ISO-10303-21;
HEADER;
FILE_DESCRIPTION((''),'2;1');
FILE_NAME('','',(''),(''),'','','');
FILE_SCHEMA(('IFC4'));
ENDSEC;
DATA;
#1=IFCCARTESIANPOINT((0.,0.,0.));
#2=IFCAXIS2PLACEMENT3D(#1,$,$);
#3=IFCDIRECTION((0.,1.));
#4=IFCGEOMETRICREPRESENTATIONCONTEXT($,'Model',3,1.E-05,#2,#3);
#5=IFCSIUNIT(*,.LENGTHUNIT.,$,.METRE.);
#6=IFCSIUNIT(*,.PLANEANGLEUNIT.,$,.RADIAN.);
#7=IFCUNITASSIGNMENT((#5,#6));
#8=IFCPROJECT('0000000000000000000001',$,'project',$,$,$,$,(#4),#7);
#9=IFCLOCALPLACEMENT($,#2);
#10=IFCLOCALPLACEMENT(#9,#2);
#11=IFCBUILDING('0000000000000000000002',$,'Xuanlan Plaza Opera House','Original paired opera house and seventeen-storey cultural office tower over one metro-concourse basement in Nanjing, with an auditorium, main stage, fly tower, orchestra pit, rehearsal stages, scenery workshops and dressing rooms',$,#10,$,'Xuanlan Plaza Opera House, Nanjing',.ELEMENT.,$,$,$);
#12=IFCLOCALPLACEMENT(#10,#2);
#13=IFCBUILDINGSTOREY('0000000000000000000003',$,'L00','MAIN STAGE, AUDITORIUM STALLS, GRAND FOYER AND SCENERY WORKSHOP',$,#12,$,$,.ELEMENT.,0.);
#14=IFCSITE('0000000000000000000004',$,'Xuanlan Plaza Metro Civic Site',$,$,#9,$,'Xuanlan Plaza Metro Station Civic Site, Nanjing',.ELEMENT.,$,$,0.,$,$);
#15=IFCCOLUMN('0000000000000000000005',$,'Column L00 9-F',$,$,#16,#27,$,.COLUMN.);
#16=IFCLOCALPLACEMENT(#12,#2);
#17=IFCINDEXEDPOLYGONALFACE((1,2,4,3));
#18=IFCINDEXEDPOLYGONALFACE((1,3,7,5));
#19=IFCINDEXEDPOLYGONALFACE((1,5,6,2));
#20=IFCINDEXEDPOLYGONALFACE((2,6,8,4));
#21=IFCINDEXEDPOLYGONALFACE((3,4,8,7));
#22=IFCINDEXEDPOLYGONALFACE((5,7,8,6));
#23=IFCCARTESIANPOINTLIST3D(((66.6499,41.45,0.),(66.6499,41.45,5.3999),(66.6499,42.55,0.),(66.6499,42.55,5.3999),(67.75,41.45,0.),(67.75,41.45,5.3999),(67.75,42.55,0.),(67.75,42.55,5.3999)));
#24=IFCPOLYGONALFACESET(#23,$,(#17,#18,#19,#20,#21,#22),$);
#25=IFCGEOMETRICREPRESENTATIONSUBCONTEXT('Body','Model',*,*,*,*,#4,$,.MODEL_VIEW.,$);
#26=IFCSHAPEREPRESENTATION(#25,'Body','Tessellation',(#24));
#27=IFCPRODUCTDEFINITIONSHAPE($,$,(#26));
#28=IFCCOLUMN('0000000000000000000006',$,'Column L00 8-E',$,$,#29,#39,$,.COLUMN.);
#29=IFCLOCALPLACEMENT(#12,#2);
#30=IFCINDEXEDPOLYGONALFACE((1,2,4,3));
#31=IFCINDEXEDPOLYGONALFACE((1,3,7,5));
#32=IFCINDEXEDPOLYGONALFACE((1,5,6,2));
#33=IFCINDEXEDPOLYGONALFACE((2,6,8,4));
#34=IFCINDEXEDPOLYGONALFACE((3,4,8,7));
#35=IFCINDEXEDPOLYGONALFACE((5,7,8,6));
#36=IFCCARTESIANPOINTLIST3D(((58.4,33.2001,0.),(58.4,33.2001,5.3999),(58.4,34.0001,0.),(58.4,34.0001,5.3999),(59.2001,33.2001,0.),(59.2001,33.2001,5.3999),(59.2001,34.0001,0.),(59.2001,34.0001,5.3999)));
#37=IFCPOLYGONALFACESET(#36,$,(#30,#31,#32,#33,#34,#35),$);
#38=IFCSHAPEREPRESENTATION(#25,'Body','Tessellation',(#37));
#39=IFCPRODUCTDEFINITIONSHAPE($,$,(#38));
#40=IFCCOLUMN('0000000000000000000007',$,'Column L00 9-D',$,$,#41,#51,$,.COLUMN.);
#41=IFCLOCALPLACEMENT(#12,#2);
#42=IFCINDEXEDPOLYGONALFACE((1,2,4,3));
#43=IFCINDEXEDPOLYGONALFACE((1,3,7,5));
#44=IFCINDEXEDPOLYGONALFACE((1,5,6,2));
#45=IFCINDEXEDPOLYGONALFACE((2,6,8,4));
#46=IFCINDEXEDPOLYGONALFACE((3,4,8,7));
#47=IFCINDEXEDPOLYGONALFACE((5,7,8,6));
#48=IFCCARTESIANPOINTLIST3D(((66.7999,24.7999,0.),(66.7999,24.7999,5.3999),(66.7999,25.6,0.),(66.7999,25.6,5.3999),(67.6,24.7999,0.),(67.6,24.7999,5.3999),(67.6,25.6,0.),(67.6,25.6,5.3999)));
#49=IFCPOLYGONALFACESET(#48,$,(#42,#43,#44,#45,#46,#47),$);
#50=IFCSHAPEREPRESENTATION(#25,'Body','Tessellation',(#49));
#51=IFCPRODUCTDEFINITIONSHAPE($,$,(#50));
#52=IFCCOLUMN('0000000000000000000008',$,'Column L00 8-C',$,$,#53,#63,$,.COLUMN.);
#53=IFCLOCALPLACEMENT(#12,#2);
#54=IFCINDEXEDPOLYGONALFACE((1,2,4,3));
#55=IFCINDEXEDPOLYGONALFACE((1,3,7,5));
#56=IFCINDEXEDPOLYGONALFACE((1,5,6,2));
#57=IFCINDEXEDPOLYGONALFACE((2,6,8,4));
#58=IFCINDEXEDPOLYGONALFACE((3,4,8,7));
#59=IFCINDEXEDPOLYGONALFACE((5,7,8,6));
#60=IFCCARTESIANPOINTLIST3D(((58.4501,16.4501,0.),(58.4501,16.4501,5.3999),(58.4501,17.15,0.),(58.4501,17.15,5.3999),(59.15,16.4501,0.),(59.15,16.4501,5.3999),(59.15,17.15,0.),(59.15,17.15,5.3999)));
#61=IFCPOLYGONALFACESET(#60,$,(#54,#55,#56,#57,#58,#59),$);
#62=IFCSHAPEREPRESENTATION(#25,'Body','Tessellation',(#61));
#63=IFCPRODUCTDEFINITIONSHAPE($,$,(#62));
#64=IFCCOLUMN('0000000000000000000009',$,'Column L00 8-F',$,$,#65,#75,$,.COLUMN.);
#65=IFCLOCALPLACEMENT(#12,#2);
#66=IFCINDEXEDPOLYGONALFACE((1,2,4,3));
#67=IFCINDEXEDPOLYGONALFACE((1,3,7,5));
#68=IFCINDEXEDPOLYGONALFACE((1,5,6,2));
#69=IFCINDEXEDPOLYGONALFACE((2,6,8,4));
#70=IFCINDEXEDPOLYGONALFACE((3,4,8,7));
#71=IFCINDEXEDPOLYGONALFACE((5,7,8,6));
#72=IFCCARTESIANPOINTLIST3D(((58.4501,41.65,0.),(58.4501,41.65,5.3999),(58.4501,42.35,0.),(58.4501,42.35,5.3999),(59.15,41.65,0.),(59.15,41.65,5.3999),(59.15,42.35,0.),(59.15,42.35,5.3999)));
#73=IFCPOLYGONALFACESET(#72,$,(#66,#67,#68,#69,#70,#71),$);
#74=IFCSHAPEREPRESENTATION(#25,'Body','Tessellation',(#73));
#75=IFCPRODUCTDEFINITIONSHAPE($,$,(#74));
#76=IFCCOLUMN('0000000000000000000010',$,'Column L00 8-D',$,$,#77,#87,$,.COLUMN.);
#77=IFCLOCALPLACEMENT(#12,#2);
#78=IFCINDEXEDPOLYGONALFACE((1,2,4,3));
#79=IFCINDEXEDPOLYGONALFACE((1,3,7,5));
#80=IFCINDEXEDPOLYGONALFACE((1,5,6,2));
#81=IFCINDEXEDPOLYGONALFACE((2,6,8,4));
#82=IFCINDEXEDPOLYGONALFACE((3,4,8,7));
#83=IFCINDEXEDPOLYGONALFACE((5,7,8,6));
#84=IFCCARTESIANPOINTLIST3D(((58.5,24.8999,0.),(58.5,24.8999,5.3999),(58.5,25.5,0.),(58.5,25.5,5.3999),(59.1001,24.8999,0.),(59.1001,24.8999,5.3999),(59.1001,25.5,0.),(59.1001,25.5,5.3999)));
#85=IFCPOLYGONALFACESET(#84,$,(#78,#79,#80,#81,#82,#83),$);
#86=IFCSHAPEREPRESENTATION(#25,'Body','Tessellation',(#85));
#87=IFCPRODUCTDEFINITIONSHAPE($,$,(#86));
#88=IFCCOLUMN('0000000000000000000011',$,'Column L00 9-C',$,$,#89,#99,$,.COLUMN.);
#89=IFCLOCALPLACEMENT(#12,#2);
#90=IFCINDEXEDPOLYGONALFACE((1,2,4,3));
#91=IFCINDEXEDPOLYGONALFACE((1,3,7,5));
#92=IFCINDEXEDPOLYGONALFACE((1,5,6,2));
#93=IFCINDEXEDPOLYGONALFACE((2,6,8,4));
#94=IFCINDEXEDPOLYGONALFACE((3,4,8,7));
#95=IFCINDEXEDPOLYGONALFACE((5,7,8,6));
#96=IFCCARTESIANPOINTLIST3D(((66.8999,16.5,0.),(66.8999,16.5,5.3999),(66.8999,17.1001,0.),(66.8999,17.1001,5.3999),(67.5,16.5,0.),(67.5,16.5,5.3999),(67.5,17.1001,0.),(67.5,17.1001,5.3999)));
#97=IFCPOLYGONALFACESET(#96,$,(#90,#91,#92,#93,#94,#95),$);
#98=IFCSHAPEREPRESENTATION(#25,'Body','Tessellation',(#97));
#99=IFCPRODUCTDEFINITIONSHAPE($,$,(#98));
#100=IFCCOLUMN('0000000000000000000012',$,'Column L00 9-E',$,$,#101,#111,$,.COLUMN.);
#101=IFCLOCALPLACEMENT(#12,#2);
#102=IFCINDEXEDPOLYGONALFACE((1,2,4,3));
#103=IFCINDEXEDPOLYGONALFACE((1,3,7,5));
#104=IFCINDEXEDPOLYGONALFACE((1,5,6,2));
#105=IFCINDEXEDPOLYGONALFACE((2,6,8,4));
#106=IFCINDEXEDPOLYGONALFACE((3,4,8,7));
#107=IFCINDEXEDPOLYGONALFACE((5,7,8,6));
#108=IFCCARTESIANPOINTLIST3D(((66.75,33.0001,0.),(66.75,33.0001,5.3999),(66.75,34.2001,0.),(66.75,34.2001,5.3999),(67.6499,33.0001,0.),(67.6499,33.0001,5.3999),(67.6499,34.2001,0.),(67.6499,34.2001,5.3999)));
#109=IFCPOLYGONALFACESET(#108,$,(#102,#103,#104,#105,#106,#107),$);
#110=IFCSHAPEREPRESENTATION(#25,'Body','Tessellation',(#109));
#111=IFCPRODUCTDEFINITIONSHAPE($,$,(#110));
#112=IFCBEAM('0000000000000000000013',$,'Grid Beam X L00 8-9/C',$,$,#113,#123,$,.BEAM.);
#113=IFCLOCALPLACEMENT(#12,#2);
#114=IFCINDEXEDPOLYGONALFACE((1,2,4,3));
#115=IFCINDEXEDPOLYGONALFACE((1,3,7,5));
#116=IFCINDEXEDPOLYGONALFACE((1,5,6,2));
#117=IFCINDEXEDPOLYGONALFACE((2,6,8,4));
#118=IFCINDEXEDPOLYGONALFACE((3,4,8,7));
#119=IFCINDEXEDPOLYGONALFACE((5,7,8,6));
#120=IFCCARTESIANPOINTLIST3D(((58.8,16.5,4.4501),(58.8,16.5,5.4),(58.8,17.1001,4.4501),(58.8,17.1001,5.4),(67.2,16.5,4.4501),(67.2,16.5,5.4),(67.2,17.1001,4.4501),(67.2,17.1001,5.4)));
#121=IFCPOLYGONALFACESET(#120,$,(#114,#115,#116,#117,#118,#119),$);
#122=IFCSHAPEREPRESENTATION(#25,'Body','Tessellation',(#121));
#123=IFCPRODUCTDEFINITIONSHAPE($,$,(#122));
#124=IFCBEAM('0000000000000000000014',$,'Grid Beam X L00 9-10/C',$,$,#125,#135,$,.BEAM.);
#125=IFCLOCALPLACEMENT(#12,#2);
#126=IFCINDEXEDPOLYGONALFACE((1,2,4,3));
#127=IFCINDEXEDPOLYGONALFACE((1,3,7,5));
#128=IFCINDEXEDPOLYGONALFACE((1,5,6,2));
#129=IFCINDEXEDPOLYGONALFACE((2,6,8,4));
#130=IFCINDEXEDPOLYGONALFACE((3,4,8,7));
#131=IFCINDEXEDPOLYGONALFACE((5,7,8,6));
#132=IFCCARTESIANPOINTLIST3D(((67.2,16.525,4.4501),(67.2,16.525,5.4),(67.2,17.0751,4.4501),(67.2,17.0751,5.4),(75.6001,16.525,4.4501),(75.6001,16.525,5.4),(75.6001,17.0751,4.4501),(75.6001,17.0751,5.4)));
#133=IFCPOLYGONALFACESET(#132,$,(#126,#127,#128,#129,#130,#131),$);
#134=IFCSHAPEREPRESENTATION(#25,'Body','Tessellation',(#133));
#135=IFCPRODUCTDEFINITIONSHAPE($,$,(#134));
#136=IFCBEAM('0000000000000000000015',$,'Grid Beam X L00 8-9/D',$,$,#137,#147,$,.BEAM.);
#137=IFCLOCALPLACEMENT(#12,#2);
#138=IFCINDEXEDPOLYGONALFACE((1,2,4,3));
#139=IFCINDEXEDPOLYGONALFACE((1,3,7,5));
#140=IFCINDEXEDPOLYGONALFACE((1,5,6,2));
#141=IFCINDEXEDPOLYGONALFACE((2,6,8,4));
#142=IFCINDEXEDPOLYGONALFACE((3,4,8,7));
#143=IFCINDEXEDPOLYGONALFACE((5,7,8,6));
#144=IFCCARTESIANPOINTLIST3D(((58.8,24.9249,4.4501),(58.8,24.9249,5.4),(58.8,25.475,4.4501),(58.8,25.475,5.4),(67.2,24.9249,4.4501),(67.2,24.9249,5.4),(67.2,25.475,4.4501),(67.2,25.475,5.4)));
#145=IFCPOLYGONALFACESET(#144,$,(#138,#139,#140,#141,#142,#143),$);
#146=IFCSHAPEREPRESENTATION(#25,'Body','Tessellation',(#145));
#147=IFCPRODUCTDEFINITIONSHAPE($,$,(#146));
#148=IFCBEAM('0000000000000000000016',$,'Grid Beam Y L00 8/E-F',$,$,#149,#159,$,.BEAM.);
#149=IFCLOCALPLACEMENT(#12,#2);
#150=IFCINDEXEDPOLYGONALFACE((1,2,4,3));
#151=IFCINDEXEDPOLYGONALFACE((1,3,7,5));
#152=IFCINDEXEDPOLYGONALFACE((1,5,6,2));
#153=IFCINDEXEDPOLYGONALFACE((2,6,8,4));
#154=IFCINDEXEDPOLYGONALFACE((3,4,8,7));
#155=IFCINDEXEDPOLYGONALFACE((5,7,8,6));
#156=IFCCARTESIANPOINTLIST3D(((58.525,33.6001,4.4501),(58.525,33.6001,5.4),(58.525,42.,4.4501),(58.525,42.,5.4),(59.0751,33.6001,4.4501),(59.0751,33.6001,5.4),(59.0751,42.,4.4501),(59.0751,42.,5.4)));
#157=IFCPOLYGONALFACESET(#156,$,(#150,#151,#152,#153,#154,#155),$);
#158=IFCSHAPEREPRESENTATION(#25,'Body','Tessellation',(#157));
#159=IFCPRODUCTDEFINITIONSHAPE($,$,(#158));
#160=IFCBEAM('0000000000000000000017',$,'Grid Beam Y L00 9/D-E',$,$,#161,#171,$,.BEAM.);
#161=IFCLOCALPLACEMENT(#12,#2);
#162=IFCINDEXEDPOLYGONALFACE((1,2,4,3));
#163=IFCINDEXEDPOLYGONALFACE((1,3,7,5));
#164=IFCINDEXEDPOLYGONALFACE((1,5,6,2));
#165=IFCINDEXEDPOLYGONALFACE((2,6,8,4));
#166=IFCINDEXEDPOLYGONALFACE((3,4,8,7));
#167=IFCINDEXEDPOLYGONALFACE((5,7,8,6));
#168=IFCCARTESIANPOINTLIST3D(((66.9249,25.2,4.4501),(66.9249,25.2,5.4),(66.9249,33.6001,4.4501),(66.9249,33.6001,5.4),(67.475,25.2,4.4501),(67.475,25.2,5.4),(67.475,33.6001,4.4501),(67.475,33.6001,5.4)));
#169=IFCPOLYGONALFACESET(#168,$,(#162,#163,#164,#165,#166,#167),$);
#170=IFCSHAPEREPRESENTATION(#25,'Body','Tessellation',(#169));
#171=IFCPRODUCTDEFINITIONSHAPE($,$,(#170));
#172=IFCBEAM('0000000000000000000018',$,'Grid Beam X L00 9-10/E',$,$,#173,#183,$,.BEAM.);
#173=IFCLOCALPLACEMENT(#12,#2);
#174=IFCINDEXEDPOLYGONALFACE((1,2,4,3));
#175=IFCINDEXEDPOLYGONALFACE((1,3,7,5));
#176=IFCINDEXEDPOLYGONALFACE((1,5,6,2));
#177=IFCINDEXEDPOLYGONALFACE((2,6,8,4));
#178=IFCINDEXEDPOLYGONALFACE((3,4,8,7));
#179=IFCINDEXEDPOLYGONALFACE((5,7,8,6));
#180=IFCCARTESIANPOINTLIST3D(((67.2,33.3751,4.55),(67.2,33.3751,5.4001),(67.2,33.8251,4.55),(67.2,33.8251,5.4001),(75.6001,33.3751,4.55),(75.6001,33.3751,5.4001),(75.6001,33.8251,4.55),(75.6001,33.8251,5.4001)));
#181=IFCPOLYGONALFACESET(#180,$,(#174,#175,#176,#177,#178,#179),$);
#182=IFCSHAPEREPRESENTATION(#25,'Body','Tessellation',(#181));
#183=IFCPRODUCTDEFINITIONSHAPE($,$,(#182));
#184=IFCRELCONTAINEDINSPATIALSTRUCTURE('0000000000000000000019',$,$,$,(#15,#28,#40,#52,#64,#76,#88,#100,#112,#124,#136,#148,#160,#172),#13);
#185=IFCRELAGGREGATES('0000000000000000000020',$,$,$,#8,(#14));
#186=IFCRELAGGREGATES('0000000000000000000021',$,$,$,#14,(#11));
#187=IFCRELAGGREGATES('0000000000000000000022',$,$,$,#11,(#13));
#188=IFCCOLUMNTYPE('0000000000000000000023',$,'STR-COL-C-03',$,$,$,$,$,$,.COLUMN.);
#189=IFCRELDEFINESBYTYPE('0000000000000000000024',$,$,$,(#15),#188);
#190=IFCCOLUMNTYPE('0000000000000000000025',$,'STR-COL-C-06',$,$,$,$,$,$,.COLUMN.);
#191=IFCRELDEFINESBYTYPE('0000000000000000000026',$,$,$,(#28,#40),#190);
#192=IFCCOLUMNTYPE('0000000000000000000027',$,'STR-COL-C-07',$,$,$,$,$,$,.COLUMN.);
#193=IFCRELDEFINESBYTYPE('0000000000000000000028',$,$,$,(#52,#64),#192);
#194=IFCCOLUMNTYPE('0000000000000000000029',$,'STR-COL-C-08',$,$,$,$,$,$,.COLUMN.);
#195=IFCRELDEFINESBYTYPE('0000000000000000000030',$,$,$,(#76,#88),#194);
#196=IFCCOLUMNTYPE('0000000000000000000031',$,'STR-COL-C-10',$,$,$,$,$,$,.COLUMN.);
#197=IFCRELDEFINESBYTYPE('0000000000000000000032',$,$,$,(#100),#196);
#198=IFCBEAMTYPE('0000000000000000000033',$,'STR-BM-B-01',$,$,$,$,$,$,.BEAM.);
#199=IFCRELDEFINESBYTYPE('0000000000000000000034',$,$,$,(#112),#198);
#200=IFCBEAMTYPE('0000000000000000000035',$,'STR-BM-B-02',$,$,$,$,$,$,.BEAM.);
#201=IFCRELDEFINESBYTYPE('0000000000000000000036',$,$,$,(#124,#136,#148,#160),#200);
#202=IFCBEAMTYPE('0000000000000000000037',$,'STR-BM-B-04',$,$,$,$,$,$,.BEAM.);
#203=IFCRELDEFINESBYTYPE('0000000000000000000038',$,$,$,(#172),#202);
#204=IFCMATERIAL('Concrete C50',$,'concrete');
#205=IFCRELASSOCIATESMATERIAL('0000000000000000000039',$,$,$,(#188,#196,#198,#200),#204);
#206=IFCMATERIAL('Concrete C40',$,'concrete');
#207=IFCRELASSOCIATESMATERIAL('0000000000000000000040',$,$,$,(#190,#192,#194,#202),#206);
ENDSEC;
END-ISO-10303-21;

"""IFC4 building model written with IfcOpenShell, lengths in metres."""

from ifc_helpers import new_model, si_unit, direction, frame, origin, origin_2d, place, context, subcontext, project, spatial, rectangle, extrude, material, material_profile, profile_set, type_object, element, save


model = new_model("IFC4")

# Units and contexts
model_context = context("Model", 3, precision=1e-05, world=origin(), true_north=direction((0.0, 1.0)))
body_context = subcontext(model_context, "Body", "Model", "MODEL_VIEW")
ifc_project = project(units=[si_unit("LENGTHUNIT", "METRE"), si_unit("PLANEANGLEUNIT", "RADIAN")], contexts=[model_context])

# Site, building, storey
site_placement = place(None, origin())
site = spatial("IfcSite", under=ifc_project, at=site_placement, Name="Xuanlan Plaza Metro Civic Site", LongName="Xuanlan Plaza Metro Station Civic Site, Nanjing", CompositionType="ELEMENT", RefElevation=0.0)
building_placement = place(site_placement, origin())
building = spatial("IfcBuilding", under=site, at=building_placement, Name="Xuanlan Plaza Opera House", Description="Original paired opera house and seventeen-storey cultural office tower over one metro-concourse basement in Nanjing, with an auditorium, main stage, fly tower, orchestra pit, rehearsal stages, scenery workshops and dressing rooms", LongName="Xuanlan Plaza Opera House, Nanjing", CompositionType="ELEMENT")
storey_placement = place(building_placement, origin())
storey = spatial("IfcBuildingStorey", under=building, at=storey_placement, Name="L00", Description="MAIN STAGE, AUDITORIUM STALLS, GRAND FOYER AND SCENERY WORKSHOP", CompositionType="ELEMENT", Elevation=0.0)

# Columns
ifc_material_1 = material(Name="Concrete C50", Category="concrete")
ifc_material_profile_1 = material_profile(ifc_material_1, rectangle(XDim=1.1001, YDim=1.1001, at=origin_2d()), Name="RC-COL 1100x1100")
ifc_profile_set_1 = profile_set([ifc_material_profile_1], Name="Concrete C50")
column_type_1 = type_object("IfcColumnType", Name="STR-COL-C-03", PredefinedType="COLUMN", material=ifc_profile_set_1)
column_1_placement = place(storey_placement, frame((67.2, 42.0, 0.0), z_axis=(0.0, 0.0, 1.0), x_axis=(1.0, 0.0, 0.0)))
element("IfcColumn", 1, at=column_1_placement, inside=storey, type_object=column_type_1, Name="Column L00 9-F", PredefinedType="COLUMN", context=body_context, shape_type="SweptSolid", body=[
    extrude(rectangle(XDim=1.1001, YDim=1.1001, at=origin_2d()), origin(), (0.0, 0.0, 1.0), 5.3999),
])
ifc_material_2 = material(Name="Concrete C40", Category="concrete")
ifc_material_profile_2 = material_profile(ifc_material_2, rectangle(XDim=0.8, YDim=0.8, at=origin_2d()), Name="RC-COL 800x800")
ifc_profile_set_2 = profile_set([ifc_material_profile_2], Name="Concrete C40")
column_type_2 = type_object("IfcColumnType", Name="STR-COL-C-06", PredefinedType="COLUMN", material=ifc_profile_set_2)
for number, where, z_axis, x_axis, name in (
    (2, (58.8, 33.6001, 0.0), (0.0, 0.0, 1.0), (1.0, 0.0, 0.0), "Column L00 8-E"),
    (3, (67.2, 25.2, 0.0), (0.0, 0.0, 1.0), (1.0, 0.0, 0.0), "Column L00 9-D"),
):
    element("IfcColumn", number, at=place(storey_placement, frame(where, z_axis=z_axis, x_axis=x_axis)), inside=storey, type_object=column_type_2, Name=name, PredefinedType="COLUMN", context=body_context, shape_type="SweptSolid", body=[
        extrude(rectangle(XDim=0.8, YDim=0.8, at=origin_2d()), origin(), (0.0, 0.0, 1.0), 5.3999),
    ])
ifc_material_profile_3 = material_profile(ifc_material_2, rectangle(XDim=0.7, YDim=0.7, at=origin_2d()), Name="RC-COL 700x700")
ifc_profile_set_3 = profile_set([ifc_material_profile_3], Name="Concrete C40")
column_type_3 = type_object("IfcColumnType", Name="STR-COL-C-07", PredefinedType="COLUMN", material=ifc_profile_set_3)
for number, where, z_axis, x_axis, name in (
    (4, (58.8, 16.8, 0.0), (0.0, 0.0, 1.0), (1.0, 0.0, 0.0), "Column L00 8-C"),
    (5, (58.8, 42.0, 0.0), (0.0, 0.0, 1.0), (1.0, 0.0, 0.0), "Column L00 8-F"),
):
    element("IfcColumn", number, at=place(storey_placement, frame(where, z_axis=z_axis, x_axis=x_axis)), inside=storey, type_object=column_type_3, Name=name, PredefinedType="COLUMN", context=body_context, shape_type="SweptSolid", body=[
        extrude(rectangle(XDim=0.7, YDim=0.7, at=origin_2d()), origin(), (0.0, 0.0, 1.0), 5.3999),
    ])
ifc_material_profile_4 = material_profile(ifc_material_2, rectangle(XDim=0.6001, YDim=0.6001, at=origin_2d()), Name="RC-COL 600x600")
ifc_profile_set_4 = profile_set([ifc_material_profile_4], Name="Concrete C40")
column_type_4 = type_object("IfcColumnType", Name="STR-COL-C-08", PredefinedType="COLUMN", material=ifc_profile_set_4)
for number, where, z_axis, x_axis, name in (
    (6, (58.8, 25.2, 0.0), (0.0, 0.0, 1.0), (1.0, 0.0, 0.0), "Column L00 8-D"),
    (7, (67.2, 16.8, 0.0), (0.0, 0.0, 1.0), (1.0, 0.0, 0.0), "Column L00 9-C"),
):
    element("IfcColumn", number, at=place(storey_placement, frame(where, z_axis=z_axis, x_axis=x_axis)), inside=storey, type_object=column_type_4, Name=name, PredefinedType="COLUMN", context=body_context, shape_type="SweptSolid", body=[
        extrude(rectangle(XDim=0.6001, YDim=0.6001, at=origin_2d()), origin(), (0.0, 0.0, 1.0), 5.3999),
    ])
ifc_material_profile_5 = material_profile(ifc_material_1, rectangle(XDim=0.8999, YDim=1.2, at=origin_2d()), Name="RC-COL 900x1200")
ifc_profile_set_5 = profile_set([ifc_material_profile_5], Name="Concrete C50")
column_type_5 = type_object("IfcColumnType", Name="STR-COL-C-10", PredefinedType="COLUMN", material=ifc_profile_set_5)
column_2_placement = place(storey_placement, frame((67.2, 33.6001, 0.0), z_axis=(0.0, 0.0, 1.0), x_axis=(1.0, 0.0, 0.0)))
element("IfcColumn", 8, at=column_2_placement, inside=storey, type_object=column_type_5, Name="Column L00 9-E", PredefinedType="COLUMN", context=body_context, shape_type="SweptSolid", body=[
    extrude(rectangle(XDim=0.8999, YDim=1.2, at=origin_2d()), origin(), (0.0, 0.0, 1.0), 5.3999),
])

# Beams
ifc_material_profile_6 = material_profile(ifc_material_1, rectangle(XDim=0.6001, YDim=0.95, at=origin_2d()), Name="RC-BM 600x950")
ifc_profile_set_6 = profile_set([ifc_material_profile_6], Name="Concrete C50")
beam_type_1 = type_object("IfcBeamType", Name="STR-BM-B-01", PredefinedType="BEAM", material=ifc_profile_set_6)
beam_1_placement = place(storey_placement, frame((58.8, 16.8, 4.925), z_axis=(1.0, 0.0, 0.0), x_axis=(0.0, 1.0, 0.0)))
element("IfcBeam", 9, at=beam_1_placement, inside=storey, type_object=beam_type_1, Name="Grid Beam X L00 8-9/C", PredefinedType="BEAM", context=body_context, shape_type="SweptSolid", body=[
    extrude(rectangle(XDim=0.6001, YDim=0.95, at=origin_2d()), origin(), (0.0, 0.0, 1.0), 8.3999),
])
ifc_material_profile_7 = material_profile(ifc_material_1, rectangle(XDim=0.55, YDim=0.95, at=origin_2d()), Name="RC-BM 550x950")
ifc_profile_set_7 = profile_set([ifc_material_profile_7], Name="Concrete C50")
beam_type_2 = type_object("IfcBeamType", Name="STR-BM-B-02", PredefinedType="BEAM", material=ifc_profile_set_7)
beam_2_placement = place(storey_placement, frame((67.2, 16.8, 4.925), z_axis=(1.0, 0.0, 0.0), x_axis=(0.0, 1.0, 0.0)))
element("IfcBeam", 10, at=beam_2_placement, inside=storey, type_object=beam_type_2, Name="Grid Beam X L00 9-10/C", PredefinedType="BEAM", context=body_context, shape_type="SweptSolid", body=[
    extrude(rectangle(XDim=0.55, YDim=0.95, at=origin_2d()), origin(), (0.0, 0.0, 1.0), 8.4001),
])
for number, where, z_axis, x_axis, name in (
    (11, (58.8, 25.2, 4.925), (1.0, 0.0, 0.0), (0.0, 1.0, 0.0), "Grid Beam X L00 8-9/D"),
    (12, (58.8, 33.6001, 4.925), (0.0, 1.0, 0.0), (-1.0, 0.0, 0.0), "Grid Beam Y L00 8/E-F"),
):
    element("IfcBeam", number, at=place(storey_placement, frame(where, z_axis=z_axis, x_axis=x_axis)), inside=storey, type_object=beam_type_2, Name=name, PredefinedType="BEAM", context=body_context, shape_type="SweptSolid", body=[
        extrude(rectangle(XDim=0.55, YDim=0.95, at=origin_2d()), origin(), (0.0, 0.0, 1.0), 8.3999),
    ])
beam_3_placement = place(storey_placement, frame((67.2, 25.2, 4.925), z_axis=(0.0, 1.0, 0.0), x_axis=(-1.0, 0.0, 0.0)))
element("IfcBeam", 13, at=beam_3_placement, inside=storey, type_object=beam_type_2, Name="Grid Beam Y L00 9/D-E", PredefinedType="BEAM", context=body_context, shape_type="SweptSolid", body=[
    extrude(rectangle(XDim=0.55, YDim=0.95, at=origin_2d()), origin(), (0.0, 0.0, 1.0), 8.4001),
])
ifc_material_profile_8 = material_profile(ifc_material_2, rectangle(XDim=0.45, YDim=0.8501, at=origin_2d()), Name="RC-BM 450x850")
ifc_profile_set_8 = profile_set([ifc_material_profile_8], Name="Concrete C40")
beam_type_3 = type_object("IfcBeamType", Name="STR-BM-B-04", PredefinedType="BEAM", material=ifc_profile_set_8)
beam_4_placement = place(storey_placement, frame((67.2, 33.6001, 4.9751), z_axis=(1.0, 0.0, 0.0), x_axis=(0.0, 1.0, 0.0)))
element("IfcBeam", 14, at=beam_4_placement, inside=storey, type_object=beam_type_3, Name="Grid Beam X L00 9-10/E", PredefinedType="BEAM", context=body_context, shape_type="SweptSolid", body=[
    extrude(rectangle(XDim=0.45, YDim=0.8501, at=origin_2d()), origin(), (0.0, 0.0, 1.0), 8.4001),
])

save(model, "model.ifc")
